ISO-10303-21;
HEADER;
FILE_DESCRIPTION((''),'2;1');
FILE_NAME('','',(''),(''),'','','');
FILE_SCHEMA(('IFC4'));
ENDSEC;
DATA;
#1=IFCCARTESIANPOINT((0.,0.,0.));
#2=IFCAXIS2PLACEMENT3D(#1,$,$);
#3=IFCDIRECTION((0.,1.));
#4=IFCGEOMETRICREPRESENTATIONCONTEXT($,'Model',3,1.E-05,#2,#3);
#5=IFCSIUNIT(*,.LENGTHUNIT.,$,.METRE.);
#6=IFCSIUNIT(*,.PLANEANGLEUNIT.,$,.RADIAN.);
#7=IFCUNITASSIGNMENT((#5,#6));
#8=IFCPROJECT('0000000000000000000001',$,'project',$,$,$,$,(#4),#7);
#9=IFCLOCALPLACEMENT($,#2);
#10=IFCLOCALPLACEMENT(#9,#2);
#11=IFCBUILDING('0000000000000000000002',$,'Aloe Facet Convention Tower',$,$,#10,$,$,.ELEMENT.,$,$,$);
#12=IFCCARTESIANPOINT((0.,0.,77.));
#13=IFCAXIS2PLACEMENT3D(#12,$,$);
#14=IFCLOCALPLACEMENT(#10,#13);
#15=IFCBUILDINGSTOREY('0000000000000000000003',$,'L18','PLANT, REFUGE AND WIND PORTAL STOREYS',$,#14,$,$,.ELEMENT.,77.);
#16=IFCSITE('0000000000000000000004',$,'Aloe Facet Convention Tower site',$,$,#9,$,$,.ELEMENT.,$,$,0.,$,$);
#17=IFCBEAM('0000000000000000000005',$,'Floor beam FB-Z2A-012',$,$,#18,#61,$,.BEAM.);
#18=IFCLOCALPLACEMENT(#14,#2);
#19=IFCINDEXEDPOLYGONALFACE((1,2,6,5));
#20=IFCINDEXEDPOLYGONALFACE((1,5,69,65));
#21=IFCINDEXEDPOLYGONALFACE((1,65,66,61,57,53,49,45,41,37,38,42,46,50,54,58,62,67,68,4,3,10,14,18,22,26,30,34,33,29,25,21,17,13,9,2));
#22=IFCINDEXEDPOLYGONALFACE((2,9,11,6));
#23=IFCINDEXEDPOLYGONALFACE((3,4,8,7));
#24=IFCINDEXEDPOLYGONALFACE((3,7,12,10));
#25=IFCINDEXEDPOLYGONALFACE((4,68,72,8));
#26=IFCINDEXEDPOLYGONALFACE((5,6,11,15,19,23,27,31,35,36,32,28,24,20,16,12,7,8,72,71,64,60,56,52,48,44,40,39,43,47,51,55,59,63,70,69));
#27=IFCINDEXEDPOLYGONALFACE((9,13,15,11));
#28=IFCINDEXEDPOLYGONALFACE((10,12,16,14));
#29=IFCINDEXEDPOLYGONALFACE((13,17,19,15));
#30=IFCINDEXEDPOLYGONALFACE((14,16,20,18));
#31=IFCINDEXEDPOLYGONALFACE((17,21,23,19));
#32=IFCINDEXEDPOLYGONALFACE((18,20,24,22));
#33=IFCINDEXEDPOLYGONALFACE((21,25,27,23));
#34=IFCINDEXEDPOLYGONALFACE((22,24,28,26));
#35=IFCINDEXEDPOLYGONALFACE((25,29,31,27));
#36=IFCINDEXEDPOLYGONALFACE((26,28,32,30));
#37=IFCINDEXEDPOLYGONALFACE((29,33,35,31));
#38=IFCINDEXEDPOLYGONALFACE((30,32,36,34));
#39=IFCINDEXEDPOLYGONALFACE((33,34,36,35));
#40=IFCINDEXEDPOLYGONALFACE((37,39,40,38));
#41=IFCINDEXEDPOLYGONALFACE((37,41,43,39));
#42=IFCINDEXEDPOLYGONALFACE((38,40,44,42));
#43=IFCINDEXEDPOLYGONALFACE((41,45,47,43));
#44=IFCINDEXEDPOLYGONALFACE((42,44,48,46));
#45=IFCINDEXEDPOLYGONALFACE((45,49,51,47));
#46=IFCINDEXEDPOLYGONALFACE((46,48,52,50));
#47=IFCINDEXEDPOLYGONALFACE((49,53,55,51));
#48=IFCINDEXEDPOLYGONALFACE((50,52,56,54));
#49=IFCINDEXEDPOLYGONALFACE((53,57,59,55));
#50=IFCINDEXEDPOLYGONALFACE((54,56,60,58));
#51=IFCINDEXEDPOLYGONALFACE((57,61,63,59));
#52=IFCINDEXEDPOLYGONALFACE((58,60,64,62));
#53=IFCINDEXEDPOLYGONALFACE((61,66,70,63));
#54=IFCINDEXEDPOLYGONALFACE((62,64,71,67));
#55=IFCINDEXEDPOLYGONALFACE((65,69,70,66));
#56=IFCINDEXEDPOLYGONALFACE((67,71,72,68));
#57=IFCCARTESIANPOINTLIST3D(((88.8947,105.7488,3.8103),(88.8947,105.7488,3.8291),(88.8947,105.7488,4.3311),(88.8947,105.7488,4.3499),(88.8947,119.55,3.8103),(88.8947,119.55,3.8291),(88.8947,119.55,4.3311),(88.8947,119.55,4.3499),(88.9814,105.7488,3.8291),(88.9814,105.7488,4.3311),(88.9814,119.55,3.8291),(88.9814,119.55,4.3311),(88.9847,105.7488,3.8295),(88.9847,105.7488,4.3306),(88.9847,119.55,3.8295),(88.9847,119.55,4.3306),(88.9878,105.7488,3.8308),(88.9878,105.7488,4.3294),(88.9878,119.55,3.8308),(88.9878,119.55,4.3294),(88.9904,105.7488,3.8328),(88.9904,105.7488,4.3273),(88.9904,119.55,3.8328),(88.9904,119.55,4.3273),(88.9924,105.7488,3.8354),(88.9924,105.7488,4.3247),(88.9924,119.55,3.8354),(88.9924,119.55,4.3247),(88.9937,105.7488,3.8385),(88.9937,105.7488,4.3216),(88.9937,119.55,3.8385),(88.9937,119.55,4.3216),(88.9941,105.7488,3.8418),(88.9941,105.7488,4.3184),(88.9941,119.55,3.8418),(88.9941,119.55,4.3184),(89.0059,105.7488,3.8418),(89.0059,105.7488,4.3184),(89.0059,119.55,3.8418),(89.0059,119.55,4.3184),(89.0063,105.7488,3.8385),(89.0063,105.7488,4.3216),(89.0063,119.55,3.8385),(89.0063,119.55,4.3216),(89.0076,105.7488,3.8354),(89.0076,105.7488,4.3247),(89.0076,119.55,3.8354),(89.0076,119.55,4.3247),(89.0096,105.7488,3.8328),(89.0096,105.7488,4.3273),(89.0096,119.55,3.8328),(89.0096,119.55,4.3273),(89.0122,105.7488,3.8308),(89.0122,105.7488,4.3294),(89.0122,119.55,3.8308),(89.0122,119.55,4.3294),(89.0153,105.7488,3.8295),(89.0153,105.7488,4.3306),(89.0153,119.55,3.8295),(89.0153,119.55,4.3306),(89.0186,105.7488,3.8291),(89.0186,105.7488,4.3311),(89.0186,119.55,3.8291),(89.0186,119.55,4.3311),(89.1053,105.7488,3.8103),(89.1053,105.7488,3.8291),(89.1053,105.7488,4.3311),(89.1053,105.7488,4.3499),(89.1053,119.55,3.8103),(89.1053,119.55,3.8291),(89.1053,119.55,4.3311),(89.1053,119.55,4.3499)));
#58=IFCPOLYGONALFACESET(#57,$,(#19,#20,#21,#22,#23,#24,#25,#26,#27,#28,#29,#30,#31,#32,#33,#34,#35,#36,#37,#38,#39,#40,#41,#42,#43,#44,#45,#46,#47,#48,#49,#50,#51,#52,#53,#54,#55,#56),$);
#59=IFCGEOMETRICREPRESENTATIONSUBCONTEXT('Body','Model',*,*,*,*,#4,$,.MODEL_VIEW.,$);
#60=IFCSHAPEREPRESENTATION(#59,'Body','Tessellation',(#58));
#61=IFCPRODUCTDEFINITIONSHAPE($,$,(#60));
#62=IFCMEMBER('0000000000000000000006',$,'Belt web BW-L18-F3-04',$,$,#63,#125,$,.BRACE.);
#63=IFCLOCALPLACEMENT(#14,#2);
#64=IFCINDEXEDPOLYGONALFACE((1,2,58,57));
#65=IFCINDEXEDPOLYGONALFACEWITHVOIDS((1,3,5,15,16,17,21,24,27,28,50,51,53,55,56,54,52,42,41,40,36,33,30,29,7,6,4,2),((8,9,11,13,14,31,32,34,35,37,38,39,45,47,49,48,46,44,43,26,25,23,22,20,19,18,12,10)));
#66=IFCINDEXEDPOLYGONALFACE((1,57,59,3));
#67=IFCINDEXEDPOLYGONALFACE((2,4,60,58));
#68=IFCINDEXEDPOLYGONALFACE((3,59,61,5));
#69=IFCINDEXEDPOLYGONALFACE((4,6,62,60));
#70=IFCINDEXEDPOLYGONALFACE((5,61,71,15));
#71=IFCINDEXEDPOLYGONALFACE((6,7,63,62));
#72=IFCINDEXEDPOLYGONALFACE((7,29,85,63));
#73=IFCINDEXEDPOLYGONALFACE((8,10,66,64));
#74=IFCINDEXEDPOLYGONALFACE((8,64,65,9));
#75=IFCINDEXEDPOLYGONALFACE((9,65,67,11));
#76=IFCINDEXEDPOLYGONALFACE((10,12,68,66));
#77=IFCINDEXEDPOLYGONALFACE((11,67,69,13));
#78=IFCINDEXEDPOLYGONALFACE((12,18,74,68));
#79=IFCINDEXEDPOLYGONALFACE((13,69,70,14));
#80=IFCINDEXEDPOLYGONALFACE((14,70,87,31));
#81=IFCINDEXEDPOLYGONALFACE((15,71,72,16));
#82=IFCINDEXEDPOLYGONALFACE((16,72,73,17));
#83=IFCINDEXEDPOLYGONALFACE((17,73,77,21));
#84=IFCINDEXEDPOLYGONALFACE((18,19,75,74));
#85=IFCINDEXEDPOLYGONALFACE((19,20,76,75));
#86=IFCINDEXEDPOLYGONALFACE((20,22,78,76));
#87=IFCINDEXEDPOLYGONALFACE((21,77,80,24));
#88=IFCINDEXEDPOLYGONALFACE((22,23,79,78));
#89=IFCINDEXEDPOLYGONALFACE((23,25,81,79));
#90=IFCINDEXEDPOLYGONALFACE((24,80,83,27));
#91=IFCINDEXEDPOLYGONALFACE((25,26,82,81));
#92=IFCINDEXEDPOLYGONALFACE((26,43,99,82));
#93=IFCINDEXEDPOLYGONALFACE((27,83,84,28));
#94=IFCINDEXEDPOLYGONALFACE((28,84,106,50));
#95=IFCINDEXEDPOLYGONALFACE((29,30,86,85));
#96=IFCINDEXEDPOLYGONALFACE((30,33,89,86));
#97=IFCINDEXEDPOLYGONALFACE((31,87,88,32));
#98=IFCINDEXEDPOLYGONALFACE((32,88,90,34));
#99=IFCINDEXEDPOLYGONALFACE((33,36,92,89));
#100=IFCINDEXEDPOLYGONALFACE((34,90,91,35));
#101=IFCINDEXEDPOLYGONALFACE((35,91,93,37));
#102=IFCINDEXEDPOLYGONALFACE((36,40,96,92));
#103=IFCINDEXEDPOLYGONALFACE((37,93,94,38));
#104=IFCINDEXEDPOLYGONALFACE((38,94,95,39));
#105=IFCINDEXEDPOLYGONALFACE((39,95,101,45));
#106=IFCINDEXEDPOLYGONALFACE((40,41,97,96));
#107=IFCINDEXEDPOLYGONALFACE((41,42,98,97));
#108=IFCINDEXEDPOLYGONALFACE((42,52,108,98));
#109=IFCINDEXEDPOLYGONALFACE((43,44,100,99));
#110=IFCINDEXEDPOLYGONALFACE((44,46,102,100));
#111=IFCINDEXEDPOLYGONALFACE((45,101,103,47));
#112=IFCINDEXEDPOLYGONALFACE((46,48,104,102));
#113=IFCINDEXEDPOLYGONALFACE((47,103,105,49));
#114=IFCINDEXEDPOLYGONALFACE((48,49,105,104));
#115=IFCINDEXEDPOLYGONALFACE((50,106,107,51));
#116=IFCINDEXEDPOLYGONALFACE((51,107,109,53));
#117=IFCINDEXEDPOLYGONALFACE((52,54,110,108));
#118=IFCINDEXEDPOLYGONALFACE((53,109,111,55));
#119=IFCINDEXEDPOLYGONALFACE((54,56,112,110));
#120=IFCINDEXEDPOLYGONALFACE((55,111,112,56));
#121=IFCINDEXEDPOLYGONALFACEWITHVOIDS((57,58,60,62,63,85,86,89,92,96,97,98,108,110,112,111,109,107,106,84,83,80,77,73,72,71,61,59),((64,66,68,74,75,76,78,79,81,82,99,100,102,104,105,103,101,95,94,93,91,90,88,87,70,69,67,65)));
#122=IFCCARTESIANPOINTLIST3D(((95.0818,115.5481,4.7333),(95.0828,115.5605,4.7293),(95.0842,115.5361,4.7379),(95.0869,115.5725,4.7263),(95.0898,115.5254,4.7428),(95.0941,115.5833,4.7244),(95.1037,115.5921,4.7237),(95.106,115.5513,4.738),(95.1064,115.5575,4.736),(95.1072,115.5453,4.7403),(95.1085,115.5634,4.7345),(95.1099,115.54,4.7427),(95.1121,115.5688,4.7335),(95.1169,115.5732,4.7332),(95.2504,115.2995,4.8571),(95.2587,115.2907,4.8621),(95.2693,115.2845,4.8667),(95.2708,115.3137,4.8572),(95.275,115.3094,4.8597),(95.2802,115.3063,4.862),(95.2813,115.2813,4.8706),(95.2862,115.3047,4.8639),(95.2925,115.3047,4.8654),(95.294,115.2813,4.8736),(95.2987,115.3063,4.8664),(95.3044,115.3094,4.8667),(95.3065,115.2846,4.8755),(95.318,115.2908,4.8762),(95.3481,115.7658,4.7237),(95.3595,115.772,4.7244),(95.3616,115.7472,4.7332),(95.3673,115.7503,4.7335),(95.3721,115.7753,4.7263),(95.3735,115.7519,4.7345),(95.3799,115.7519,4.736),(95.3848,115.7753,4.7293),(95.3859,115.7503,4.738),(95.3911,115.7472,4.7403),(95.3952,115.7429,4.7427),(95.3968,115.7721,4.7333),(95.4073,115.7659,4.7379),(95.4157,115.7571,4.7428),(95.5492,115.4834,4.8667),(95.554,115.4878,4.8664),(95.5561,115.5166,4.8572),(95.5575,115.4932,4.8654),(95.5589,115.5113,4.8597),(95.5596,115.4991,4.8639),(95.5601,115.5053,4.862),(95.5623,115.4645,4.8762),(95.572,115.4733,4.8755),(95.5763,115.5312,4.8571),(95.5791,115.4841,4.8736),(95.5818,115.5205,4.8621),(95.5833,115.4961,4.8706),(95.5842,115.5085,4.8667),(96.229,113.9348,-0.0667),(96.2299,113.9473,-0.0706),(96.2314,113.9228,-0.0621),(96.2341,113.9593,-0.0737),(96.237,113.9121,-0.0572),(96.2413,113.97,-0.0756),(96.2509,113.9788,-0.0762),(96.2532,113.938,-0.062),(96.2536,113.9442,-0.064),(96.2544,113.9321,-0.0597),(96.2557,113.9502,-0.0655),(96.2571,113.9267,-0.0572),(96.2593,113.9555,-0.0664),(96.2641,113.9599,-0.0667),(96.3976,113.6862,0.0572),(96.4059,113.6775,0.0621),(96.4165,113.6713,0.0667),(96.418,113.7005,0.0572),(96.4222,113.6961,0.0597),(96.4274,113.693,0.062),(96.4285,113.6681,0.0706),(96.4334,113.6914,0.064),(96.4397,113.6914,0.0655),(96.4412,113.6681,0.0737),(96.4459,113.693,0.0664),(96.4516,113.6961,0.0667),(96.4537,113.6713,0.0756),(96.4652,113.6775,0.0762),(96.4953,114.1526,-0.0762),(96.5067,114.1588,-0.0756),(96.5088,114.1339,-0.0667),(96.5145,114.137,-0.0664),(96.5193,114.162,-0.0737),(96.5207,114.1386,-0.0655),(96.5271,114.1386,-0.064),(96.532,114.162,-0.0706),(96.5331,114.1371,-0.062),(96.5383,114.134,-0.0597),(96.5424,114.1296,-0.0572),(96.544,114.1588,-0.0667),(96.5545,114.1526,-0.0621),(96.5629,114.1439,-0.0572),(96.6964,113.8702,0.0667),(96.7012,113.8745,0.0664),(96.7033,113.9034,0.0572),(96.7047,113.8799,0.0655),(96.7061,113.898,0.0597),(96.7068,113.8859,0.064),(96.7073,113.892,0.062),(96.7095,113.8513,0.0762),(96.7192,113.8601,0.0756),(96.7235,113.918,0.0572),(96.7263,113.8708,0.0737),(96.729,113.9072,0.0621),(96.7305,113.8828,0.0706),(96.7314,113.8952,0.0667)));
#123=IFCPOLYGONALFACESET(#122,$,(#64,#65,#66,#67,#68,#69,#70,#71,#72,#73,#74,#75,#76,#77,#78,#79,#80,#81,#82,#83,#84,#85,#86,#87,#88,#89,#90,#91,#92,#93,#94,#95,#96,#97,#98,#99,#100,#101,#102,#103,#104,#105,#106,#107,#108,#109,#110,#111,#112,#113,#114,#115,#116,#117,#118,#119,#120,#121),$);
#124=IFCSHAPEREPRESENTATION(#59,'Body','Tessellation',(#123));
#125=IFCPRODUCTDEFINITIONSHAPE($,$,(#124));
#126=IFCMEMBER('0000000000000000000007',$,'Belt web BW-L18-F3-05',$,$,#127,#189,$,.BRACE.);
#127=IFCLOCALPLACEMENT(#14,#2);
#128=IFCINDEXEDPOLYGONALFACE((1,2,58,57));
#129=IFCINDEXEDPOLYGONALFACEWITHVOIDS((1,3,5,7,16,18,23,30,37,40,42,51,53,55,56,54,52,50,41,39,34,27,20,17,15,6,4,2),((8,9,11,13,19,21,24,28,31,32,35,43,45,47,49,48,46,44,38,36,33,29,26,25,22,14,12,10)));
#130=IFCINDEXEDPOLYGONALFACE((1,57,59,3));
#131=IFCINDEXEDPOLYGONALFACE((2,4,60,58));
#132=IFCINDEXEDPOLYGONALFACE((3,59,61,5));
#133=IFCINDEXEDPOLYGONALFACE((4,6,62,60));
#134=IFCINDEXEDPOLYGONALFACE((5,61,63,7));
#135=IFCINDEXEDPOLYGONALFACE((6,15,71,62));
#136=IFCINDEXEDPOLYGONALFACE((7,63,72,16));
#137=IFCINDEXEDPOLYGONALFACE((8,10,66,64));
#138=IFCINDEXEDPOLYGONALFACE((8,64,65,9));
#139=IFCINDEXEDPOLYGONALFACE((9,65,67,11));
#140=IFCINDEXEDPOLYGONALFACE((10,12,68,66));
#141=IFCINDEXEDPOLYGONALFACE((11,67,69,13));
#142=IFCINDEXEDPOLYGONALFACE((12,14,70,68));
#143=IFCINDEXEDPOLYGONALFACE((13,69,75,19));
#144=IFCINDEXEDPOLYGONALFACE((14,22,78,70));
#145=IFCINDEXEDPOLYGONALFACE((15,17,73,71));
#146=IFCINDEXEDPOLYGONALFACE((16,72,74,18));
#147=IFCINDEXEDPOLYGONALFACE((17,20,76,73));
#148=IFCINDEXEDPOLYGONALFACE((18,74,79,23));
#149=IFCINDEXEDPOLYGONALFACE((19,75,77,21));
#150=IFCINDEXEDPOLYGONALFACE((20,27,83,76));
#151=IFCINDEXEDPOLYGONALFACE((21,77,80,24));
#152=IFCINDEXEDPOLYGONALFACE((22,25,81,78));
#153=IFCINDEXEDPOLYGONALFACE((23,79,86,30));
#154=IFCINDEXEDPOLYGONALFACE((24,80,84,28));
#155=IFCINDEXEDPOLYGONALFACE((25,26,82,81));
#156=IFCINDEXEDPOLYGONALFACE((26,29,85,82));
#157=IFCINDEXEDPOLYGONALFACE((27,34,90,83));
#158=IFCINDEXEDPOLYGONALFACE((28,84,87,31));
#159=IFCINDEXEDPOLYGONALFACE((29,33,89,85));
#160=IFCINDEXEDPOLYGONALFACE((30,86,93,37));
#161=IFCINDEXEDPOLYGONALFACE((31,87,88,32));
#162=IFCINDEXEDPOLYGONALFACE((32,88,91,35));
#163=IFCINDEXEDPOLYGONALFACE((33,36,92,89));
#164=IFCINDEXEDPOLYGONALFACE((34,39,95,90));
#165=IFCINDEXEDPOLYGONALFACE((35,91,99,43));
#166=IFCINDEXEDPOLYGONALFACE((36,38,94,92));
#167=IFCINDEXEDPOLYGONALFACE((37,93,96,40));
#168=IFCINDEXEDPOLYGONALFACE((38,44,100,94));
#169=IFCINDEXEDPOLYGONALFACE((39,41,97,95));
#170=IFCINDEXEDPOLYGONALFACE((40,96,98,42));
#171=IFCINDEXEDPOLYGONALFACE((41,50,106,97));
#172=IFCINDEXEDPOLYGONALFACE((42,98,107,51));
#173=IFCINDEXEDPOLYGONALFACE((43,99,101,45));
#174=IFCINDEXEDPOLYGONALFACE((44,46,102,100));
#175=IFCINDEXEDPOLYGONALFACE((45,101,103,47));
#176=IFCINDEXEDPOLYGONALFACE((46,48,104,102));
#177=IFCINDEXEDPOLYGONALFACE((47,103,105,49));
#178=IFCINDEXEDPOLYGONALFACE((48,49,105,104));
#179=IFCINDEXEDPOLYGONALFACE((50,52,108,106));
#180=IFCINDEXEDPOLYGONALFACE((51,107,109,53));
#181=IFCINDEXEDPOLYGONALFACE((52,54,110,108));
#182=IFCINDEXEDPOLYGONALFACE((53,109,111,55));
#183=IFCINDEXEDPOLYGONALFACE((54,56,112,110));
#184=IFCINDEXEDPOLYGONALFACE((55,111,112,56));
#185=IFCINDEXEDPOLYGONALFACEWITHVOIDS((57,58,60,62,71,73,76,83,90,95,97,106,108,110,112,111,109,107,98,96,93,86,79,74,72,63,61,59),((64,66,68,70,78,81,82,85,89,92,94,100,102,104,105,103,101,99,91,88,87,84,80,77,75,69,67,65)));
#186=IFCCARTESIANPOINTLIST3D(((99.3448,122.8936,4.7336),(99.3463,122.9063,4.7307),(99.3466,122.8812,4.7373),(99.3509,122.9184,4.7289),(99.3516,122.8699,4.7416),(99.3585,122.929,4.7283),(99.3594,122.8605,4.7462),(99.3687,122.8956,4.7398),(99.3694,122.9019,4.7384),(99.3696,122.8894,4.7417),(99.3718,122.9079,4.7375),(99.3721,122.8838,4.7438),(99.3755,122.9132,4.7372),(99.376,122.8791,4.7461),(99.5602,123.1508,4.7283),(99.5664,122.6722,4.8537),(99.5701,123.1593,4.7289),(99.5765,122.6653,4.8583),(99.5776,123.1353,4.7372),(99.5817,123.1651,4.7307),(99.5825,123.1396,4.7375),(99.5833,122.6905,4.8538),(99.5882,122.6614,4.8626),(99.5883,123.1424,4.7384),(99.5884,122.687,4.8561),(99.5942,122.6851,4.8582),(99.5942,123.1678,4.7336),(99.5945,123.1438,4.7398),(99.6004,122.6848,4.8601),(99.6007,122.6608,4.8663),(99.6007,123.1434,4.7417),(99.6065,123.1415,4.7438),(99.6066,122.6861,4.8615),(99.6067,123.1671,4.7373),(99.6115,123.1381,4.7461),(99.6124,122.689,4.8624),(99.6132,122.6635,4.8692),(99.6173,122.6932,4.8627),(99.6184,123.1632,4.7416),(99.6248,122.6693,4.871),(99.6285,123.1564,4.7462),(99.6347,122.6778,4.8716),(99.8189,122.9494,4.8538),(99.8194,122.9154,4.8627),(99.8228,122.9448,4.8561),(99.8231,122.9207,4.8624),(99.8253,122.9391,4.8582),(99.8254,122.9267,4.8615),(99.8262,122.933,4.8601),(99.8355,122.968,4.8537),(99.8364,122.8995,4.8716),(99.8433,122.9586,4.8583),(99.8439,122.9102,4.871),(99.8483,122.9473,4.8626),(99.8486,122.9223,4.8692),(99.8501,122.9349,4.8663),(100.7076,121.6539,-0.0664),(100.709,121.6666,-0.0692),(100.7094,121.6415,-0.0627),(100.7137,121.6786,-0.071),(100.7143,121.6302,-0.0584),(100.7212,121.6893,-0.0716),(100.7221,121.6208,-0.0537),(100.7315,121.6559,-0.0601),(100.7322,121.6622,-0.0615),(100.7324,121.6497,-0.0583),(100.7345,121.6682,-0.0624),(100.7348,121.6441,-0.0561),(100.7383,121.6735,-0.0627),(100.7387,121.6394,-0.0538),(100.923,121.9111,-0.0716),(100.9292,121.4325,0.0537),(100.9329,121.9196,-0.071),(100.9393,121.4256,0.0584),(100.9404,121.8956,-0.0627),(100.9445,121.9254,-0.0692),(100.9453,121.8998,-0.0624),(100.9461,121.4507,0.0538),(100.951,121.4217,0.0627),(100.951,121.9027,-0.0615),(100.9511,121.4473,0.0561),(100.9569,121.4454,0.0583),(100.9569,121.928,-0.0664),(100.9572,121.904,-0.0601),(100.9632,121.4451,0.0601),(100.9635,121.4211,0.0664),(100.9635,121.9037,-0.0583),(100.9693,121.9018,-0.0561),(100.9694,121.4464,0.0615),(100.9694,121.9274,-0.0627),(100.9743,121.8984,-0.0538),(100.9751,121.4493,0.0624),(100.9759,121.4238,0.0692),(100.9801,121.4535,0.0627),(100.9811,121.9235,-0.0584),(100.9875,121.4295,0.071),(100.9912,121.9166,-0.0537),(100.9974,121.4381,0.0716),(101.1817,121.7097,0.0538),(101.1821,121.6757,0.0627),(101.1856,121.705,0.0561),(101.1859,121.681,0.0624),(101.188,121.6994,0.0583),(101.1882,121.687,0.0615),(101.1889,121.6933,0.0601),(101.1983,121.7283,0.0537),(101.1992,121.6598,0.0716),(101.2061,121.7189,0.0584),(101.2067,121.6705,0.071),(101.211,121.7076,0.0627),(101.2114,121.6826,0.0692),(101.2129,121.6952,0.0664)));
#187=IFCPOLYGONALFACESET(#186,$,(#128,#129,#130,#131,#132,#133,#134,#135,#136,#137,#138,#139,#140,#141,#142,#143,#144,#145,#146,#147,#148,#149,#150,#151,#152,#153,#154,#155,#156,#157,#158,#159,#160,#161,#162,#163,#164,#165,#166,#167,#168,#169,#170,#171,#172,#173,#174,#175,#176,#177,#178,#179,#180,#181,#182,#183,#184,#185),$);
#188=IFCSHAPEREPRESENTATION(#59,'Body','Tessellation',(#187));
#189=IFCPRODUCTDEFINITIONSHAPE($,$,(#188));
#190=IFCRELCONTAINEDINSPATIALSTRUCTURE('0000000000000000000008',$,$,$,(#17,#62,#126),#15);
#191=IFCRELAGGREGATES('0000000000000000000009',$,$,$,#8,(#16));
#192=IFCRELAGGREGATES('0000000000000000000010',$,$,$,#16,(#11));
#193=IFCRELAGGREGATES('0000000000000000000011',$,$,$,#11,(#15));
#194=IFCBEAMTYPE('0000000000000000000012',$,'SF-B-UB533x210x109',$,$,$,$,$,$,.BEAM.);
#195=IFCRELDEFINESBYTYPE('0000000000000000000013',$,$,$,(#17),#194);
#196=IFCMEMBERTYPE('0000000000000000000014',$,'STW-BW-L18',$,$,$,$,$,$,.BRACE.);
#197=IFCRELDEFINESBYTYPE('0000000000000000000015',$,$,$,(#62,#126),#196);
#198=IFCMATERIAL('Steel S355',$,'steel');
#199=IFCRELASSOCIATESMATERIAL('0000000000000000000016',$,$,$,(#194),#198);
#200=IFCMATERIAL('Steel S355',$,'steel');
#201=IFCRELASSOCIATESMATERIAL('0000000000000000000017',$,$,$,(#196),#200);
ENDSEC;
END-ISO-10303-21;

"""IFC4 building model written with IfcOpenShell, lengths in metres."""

from ifc_helpers import new_model, si_unit, direction, frame, origin, origin_2d, place, context, subcontext, project, spatial, hollow_rectangle, i_section, extrude, material, material_profile, profile_set, type_object, element, save


model = new_model("IFC4")

# Units and contexts
model_context = context("Model", 3, precision=1e-05, world=origin(), true_north=direction((0.0, 1.0)))
body_context = subcontext(model_context, "Body", "Model", "MODEL_VIEW")
ifc_project = project(units=[si_unit("LENGTHUNIT", "METRE"), si_unit("PLANEANGLEUNIT", "RADIAN")], contexts=[model_context])

# Site, building, storey
site_placement = place(None, origin())
site = spatial("IfcSite", under=ifc_project, at=site_placement, Name="Aloe Facet Convention Tower site", CompositionType="ELEMENT", RefElevation=0.0)
building_placement = place(site_placement, origin())
building = spatial("IfcBuilding", under=site, at=building_placement, Name="Aloe Facet Convention Tower", CompositionType="ELEMENT")
storey_placement = place(building_placement, frame((0.0, 0.0, 77.0)))
storey = spatial("IfcBuildingStorey", under=building, at=storey_placement, Name="L18", Description="PLANT, REFUGE AND WIND PORTAL STOREYS", CompositionType="ELEMENT", Elevation=77.0)

# Beam
ifc_material_1 = material(Name="Steel S355", Category="steel")
ifc_material_profile_1 = material_profile(ifc_material_1, i_section(OverallWidth=0.2107, OverallDepth=0.5396, WebThickness=0.0117, FlangeThickness=0.0188, FilletRadius=0.0127, at=origin_2d()), Name="UB 533x210x109")
ifc_profile_set_1 = profile_set([ifc_material_profile_1], Name="Steel S355")
beam_type_1 = type_object("IfcBeamType", Name="SF-B-UB533x210x109", PredefinedType="BEAM", material=ifc_profile_set_1)
beam_1_placement = place(storey_placement, frame((89.0, 119.55, 4.0801), z_axis=(0.0, -1.0, 0.0), x_axis=(1.0, 0.0, 0.0)))
element("IfcBeam", 1, at=beam_1_placement, inside=storey, type_object=beam_type_1, Name="Floor beam FB-Z2A-012", PredefinedType="BEAM", context=body_context, shape_type="SweptSolid", body=[
    extrude(i_section(OverallWidth=0.2107, OverallDepth=0.5396, WebThickness=0.0117, FlangeThickness=0.0188, FilletRadius=0.0127, at=origin_2d()), origin(), (0.0, 0.0, 1.0), 13.8013),
])

# Members
ifc_material_2 = material(Name="Steel S355", Category="steel")
ifc_material_profile_2 = material_profile(ifc_material_2, hollow_rectangle(XDim=0.3999, YDim=0.3999, WallThickness=0.0249, InnerFilletRadius=0.0249, OuterFilletRadius=0.05, at=origin_2d()), Name="SHS 400x400x25")
ifc_profile_set_2 = profile_set([ifc_material_profile_2], Name="Steel S355")
member_type_1 = type_object("IfcMemberType", Name="STW-BW-L18", PredefinedType="BRACE", material=ifc_profile_set_2)
member_1_placement = place(storey_placement, frame((96.4802, 113.915, 0.0), z_axis=(-0.220949, 0.310711, 0.924468), x_axis=(-0.814957, -0.579522, 0.0)))
element("IfcMember", 2, at=member_1_placement, inside=storey, type_object=member_type_1, Name="Belt web BW-L18-F3-04", PredefinedType="BRACE", context=body_context, shape_type="SweptSolid", body=[
    extrude(hollow_rectangle(XDim=0.3999, YDim=0.3999, WallThickness=0.0249, InnerFilletRadius=0.0249, OuterFilletRadius=0.05, at=origin_2d()), origin(), (0.0, 0.0, 1.0), 5.1921),
])
member_2_placement = place(storey_placement, frame((100.9602, 121.6746, 0.0), z_axis=(-0.265059, 0.241127, 0.933596), x_axis=(-0.672923, -0.739712, 0.0)))
element("IfcMember", 3, at=member_2_placement, inside=storey, type_object=member_type_1, Name="Belt web BW-L18-F3-05", PredefinedType="BRACE", context=body_context, shape_type="SweptSolid", body=[
    extrude(hollow_rectangle(XDim=0.3999, YDim=0.3999, WallThickness=0.0249, InnerFilletRadius=0.0249, OuterFilletRadius=0.05, at=origin_2d()), origin(), (0.0, 0.0, 1.0), 5.1414),
])

save(model, "model.ifc")
